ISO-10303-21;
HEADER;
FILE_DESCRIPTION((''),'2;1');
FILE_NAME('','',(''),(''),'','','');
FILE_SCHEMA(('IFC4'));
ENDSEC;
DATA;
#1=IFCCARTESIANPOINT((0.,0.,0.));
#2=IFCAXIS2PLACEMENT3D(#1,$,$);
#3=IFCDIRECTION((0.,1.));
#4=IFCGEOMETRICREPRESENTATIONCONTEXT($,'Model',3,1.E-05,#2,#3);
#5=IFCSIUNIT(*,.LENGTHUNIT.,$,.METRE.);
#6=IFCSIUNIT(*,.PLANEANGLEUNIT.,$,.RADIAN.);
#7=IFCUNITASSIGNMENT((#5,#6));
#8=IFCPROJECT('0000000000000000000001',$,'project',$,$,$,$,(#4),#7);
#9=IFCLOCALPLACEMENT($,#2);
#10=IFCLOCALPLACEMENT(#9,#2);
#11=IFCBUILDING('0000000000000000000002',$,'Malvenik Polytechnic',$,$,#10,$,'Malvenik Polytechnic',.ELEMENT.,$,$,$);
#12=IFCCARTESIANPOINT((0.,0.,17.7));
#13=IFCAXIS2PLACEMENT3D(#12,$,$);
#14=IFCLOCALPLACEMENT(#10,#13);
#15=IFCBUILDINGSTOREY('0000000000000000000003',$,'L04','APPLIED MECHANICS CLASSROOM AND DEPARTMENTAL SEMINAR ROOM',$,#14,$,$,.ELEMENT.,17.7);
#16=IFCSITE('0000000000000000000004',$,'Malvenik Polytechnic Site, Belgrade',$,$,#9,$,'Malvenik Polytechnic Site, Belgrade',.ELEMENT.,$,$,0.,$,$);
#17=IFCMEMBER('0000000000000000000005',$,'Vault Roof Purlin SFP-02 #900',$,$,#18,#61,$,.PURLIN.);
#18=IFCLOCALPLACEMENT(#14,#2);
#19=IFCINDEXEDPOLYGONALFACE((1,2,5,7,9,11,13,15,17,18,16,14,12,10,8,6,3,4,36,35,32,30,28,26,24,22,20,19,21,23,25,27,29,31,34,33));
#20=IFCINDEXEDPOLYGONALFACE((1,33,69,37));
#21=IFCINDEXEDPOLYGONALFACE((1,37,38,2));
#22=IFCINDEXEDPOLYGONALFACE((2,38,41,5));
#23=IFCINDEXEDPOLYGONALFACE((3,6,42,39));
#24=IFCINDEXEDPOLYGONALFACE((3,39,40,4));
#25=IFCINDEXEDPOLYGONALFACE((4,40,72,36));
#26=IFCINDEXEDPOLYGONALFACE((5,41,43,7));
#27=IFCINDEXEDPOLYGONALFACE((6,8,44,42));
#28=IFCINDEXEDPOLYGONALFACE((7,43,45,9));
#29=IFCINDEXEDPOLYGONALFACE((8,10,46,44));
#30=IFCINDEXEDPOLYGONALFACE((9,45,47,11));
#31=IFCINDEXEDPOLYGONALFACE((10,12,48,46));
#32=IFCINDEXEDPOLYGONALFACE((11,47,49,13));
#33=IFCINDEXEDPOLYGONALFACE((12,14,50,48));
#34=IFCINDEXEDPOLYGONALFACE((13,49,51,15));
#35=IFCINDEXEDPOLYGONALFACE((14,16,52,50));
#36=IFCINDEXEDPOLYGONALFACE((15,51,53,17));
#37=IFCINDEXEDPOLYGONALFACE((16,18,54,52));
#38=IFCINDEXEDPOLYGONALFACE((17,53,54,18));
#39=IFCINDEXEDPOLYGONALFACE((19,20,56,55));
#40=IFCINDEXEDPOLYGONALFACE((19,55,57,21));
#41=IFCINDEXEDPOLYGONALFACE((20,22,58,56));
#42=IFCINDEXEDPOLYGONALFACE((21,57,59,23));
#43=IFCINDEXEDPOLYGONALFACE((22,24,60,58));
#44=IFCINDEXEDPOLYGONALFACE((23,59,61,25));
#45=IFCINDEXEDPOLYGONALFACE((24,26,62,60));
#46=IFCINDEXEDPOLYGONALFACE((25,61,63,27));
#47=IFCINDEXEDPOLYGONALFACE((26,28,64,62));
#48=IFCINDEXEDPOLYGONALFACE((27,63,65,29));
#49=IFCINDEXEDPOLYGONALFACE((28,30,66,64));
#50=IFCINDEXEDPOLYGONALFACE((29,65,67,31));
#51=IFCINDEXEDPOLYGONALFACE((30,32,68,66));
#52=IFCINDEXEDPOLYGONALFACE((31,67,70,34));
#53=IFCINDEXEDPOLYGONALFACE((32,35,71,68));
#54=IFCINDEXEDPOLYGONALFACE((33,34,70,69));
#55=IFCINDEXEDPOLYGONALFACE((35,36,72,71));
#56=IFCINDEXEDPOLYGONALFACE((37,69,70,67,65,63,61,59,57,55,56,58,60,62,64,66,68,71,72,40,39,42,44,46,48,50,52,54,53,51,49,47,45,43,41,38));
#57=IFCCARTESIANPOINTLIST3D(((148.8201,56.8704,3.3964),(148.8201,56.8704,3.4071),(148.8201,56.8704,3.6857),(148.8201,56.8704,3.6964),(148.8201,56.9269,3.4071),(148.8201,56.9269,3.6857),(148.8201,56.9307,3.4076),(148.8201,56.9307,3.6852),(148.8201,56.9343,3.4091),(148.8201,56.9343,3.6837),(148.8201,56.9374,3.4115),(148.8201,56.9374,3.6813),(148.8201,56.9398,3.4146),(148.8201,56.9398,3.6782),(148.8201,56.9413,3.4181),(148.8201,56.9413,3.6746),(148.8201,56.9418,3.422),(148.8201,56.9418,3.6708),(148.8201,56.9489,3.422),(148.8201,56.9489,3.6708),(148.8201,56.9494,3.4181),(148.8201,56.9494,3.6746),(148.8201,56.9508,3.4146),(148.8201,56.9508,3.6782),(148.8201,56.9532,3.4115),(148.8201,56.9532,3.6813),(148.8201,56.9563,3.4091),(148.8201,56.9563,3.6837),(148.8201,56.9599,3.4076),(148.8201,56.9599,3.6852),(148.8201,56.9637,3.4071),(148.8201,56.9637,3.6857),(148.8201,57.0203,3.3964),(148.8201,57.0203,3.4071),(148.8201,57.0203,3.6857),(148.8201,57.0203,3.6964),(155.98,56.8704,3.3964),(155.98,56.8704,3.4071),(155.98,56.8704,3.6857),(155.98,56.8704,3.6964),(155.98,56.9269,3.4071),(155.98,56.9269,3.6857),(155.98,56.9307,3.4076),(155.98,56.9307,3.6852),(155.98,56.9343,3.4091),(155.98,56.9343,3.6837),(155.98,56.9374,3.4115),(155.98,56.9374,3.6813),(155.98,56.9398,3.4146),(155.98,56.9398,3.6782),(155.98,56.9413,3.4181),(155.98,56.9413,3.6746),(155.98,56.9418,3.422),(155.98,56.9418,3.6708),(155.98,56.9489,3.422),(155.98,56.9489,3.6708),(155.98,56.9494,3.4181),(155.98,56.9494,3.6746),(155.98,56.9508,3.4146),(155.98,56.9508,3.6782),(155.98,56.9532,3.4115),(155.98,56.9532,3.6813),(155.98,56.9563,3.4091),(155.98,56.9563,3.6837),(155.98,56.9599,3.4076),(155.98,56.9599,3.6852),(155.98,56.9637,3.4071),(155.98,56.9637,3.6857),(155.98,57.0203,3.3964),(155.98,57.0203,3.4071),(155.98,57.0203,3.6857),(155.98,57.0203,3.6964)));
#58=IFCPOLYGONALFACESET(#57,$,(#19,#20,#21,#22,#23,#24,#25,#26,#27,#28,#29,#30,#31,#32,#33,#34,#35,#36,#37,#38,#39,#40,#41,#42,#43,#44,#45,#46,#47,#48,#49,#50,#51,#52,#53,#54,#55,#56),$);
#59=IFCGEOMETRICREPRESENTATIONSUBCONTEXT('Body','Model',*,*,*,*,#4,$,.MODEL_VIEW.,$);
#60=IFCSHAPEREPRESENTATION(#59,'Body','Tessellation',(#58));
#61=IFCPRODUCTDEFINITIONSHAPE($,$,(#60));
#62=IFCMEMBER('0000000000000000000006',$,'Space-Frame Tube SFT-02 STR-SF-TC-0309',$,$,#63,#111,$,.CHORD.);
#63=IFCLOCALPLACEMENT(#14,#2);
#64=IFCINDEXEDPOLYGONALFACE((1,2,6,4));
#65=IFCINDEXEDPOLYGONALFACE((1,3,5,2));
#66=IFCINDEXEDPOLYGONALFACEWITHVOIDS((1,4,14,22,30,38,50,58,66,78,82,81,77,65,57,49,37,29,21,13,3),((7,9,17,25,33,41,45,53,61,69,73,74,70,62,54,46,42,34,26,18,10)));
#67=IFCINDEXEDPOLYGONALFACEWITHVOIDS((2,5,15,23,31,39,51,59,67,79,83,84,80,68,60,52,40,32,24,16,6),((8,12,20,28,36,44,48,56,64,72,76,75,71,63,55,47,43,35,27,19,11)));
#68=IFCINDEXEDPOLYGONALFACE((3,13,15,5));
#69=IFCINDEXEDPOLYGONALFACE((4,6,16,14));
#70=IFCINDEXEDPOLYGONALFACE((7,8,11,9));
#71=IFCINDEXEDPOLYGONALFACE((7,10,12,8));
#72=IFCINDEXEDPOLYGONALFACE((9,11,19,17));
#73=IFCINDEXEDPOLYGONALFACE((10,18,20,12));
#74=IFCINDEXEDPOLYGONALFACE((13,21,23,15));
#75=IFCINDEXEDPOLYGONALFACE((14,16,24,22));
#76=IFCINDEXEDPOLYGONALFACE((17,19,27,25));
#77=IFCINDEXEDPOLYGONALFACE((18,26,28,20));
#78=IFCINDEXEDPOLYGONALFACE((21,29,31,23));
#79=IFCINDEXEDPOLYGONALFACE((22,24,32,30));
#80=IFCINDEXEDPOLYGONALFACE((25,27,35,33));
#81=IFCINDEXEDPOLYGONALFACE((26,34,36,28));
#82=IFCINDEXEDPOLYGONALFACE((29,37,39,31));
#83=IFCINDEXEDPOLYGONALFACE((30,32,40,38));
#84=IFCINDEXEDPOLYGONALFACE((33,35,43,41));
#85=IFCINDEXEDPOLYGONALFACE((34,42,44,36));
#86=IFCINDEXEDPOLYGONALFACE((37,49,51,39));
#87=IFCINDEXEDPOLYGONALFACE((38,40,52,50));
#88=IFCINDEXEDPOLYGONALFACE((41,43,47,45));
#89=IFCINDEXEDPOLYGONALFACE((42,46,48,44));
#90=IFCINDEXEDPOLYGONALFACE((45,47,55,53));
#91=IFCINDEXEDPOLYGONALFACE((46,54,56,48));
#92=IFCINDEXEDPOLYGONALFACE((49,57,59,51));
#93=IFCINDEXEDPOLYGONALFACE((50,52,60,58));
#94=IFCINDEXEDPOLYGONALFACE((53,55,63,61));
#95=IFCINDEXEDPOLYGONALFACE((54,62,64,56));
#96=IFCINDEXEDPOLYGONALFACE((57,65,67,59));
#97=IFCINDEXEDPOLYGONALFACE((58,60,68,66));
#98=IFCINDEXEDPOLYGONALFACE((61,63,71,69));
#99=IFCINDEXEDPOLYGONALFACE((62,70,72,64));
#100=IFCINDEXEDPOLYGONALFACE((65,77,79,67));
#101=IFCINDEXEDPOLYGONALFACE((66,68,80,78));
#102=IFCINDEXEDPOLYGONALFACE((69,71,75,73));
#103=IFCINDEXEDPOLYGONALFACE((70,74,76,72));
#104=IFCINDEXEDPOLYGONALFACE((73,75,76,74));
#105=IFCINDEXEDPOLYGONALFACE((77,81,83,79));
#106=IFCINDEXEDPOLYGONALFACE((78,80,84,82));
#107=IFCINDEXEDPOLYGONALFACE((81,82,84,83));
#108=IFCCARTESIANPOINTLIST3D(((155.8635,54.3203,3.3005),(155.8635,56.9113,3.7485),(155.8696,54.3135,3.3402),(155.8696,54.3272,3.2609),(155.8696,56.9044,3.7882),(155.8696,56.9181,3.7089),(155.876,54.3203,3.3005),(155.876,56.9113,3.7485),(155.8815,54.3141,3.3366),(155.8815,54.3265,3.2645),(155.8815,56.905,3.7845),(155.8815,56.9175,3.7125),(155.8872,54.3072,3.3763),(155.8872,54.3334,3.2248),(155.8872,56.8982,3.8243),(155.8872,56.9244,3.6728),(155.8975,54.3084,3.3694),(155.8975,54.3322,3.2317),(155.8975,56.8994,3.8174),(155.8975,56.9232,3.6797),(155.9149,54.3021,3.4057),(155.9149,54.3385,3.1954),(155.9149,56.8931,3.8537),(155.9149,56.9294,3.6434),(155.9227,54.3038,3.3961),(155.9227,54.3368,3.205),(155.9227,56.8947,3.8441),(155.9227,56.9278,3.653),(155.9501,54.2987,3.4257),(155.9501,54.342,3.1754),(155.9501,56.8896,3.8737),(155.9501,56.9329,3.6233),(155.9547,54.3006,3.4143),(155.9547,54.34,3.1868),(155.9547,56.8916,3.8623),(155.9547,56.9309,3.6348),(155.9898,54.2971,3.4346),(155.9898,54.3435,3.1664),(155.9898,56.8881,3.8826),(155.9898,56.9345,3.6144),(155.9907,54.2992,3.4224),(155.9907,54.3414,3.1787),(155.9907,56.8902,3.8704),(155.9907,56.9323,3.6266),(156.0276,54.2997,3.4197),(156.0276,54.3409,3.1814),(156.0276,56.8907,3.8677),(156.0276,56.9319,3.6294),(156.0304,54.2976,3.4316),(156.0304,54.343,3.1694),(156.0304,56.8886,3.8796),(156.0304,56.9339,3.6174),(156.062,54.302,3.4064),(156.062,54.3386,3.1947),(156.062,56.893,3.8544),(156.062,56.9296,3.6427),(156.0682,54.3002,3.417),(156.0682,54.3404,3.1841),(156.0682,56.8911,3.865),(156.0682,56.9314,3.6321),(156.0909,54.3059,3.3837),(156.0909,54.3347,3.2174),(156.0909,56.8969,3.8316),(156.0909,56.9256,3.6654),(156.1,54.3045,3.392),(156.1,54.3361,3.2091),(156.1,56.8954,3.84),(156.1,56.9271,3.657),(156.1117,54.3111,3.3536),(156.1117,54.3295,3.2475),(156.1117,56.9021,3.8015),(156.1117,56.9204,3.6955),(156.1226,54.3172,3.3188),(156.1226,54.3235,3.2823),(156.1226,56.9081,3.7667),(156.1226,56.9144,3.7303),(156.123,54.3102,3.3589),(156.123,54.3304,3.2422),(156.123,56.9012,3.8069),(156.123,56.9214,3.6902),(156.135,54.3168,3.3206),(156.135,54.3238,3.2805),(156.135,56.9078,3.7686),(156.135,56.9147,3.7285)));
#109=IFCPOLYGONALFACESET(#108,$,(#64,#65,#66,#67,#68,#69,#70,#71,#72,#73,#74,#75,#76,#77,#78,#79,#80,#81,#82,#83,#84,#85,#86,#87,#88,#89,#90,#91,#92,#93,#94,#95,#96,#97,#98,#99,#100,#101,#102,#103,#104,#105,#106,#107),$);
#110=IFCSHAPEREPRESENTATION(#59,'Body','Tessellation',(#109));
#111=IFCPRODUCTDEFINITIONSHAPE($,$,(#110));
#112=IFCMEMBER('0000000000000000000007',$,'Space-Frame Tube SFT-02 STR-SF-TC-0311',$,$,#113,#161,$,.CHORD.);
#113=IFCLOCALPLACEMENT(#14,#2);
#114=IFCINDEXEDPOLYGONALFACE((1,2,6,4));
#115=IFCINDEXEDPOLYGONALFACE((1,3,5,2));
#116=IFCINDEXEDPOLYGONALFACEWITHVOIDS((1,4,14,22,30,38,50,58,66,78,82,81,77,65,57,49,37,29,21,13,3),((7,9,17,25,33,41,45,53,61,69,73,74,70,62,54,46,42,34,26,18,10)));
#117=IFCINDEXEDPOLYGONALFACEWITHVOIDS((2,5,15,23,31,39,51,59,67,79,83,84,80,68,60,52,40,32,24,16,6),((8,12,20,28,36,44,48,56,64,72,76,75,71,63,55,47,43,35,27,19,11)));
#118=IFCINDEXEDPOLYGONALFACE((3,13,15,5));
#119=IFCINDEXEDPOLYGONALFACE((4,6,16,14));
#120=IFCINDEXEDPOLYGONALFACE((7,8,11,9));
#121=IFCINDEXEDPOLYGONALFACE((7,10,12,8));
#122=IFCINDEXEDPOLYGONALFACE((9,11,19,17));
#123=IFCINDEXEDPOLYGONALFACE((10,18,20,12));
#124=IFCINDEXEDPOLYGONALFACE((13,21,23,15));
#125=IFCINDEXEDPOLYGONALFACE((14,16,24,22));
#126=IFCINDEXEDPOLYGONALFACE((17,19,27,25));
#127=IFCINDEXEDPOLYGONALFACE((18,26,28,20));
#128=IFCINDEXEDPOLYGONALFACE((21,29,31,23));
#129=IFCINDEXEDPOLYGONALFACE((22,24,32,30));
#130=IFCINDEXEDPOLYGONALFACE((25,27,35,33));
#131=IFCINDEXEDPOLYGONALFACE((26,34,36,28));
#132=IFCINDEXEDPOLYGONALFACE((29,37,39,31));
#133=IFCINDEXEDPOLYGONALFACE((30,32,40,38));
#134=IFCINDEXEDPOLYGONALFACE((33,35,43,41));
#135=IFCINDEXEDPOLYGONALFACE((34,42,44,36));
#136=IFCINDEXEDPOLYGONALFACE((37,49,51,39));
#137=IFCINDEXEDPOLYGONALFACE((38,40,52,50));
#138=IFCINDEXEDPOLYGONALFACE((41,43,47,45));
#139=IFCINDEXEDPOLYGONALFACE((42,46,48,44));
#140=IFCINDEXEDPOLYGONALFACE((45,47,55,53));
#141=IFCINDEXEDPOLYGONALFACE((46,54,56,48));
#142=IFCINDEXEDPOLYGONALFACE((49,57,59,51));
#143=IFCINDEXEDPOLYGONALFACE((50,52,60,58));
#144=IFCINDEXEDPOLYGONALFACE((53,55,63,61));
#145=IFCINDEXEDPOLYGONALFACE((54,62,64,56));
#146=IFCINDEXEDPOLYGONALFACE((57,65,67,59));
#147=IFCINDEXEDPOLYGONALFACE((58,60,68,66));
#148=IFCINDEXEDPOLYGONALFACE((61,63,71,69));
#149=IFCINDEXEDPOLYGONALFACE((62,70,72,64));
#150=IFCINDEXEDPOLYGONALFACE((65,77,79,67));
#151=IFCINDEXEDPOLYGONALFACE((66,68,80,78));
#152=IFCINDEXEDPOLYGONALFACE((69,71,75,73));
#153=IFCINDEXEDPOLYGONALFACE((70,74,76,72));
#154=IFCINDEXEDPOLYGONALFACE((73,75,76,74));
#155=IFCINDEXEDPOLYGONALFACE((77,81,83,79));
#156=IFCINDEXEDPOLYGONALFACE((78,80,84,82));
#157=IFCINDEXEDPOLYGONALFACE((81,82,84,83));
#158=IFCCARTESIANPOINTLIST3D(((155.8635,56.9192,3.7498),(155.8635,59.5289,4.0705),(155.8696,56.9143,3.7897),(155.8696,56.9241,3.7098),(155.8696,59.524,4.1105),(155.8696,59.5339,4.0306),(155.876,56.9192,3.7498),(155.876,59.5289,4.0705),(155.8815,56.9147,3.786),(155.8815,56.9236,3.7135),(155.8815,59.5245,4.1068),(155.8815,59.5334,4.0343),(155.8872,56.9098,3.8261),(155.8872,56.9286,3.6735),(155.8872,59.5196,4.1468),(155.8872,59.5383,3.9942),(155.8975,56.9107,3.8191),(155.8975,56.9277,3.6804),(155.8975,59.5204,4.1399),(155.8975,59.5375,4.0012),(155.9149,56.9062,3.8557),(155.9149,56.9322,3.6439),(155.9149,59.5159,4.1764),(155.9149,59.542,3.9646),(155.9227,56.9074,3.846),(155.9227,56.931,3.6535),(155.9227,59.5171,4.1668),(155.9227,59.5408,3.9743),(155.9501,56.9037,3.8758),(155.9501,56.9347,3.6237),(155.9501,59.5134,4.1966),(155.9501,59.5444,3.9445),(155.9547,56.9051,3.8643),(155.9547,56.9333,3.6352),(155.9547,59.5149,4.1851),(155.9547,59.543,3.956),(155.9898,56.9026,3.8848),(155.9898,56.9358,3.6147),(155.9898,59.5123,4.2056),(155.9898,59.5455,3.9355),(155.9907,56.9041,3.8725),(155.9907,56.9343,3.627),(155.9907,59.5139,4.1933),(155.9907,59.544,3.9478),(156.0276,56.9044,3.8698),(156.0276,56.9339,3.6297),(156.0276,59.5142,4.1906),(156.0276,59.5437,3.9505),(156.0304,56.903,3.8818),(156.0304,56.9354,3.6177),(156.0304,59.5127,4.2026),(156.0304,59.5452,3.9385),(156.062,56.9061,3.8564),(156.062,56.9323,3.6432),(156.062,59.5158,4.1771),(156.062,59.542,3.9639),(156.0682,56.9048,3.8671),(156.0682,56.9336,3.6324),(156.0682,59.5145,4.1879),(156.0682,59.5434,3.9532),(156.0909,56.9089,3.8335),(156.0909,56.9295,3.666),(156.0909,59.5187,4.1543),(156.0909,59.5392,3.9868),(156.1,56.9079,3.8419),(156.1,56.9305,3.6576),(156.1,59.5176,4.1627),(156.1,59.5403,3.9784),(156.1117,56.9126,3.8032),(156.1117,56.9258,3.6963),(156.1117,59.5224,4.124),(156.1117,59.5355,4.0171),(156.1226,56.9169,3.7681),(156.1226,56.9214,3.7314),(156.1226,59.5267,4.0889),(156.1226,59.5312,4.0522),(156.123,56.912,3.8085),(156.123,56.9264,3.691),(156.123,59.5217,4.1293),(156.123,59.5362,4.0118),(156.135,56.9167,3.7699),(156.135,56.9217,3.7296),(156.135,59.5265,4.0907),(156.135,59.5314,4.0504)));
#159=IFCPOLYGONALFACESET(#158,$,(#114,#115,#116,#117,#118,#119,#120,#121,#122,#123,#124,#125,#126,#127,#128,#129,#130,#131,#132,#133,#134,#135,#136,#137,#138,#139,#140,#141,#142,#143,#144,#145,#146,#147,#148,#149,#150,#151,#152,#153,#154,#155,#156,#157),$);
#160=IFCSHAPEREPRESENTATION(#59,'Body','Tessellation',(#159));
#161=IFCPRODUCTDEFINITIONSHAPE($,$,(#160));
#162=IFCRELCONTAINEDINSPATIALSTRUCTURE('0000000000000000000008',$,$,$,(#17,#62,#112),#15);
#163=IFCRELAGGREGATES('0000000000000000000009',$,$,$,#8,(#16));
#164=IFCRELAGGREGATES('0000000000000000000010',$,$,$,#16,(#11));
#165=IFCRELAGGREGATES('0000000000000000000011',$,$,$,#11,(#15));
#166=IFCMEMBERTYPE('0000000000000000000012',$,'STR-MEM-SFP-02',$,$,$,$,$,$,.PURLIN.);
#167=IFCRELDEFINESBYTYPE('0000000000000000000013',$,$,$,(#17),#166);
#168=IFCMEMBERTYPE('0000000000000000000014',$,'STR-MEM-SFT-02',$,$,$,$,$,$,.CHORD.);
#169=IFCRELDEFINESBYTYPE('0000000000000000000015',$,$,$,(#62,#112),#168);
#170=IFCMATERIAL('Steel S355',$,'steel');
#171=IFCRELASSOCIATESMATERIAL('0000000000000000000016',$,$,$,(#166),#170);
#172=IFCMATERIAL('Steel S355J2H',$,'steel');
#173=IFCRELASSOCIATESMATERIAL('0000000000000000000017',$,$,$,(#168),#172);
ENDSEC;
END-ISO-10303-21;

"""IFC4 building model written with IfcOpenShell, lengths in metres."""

from ifc_helpers import new_model, si_unit, direction, frame, origin, origin_2d, place, context, subcontext, project, spatial, hollow_circle, i_section, extrude, material, material_profile, profile_set, type_object, element, save


model = new_model("IFC4")

# Units and contexts
model_context = context("Model", 3, precision=1e-05, world=origin(), true_north=direction((0.0, 1.0)))
body_context = subcontext(model_context, "Body", "Model", "MODEL_VIEW")
ifc_project = project(units=[si_unit("LENGTHUNIT", "METRE"), si_unit("PLANEANGLEUNIT", "RADIAN")], contexts=[model_context])

# Site, building, storey
site_placement = place(None, origin())
site = spatial("IfcSite", under=ifc_project, at=site_placement, Name="Malvenik Polytechnic Site, Belgrade", LongName="Malvenik Polytechnic Site, Belgrade", CompositionType="ELEMENT", RefElevation=0.0)
building_placement = place(site_placement, origin())
building = spatial("IfcBuilding", under=site, at=building_placement, Name="Malvenik Polytechnic", LongName="Malvenik Polytechnic", CompositionType="ELEMENT")
storey_placement = place(building_placement, frame((0.0, 0.0, 17.7)))
storey = spatial("IfcBuildingStorey", under=building, at=storey_placement, Name="L04", Description="APPLIED MECHANICS CLASSROOM AND DEPARTMENTAL SEMINAR ROOM", CompositionType="ELEMENT", Elevation=17.7)

# Members
ifc_material_1 = material(Name="Steel S355J2H", Category="steel")
ifc_material_2 = material(Name="Steel S355", Category="steel")
ifc_material_profile_1 = material_profile(ifc_material_2, i_section(OverallWidth=0.1499, OverallDepth=0.3, WebThickness=0.0071, FlangeThickness=0.0107, FilletRadius=0.0149, at=origin_2d()), Name="IPE 300")
ifc_profile_set_1 = profile_set([ifc_material_profile_1], Name="Steel S355")
member_type_1 = type_object("IfcMemberType", Name="STR-MEM-SFP-02", PredefinedType="PURLIN", material=ifc_profile_set_1)
member_1_placement = place(storey_placement, frame((148.8201, 56.9453, 3.5464), z_axis=(1.0, 0.0, 0.0), x_axis=(0.0, 1.0, 0.0)))
element("IfcMember", 1, at=member_1_placement, inside=storey, type_object=member_type_1, Name="Vault Roof Purlin SFP-02 #900", PredefinedType="PURLIN", context=body_context, shape_type="SweptSolid", body=[
    extrude(i_section(OverallWidth=0.1499, OverallDepth=0.3, WebThickness=0.0071, FlangeThickness=0.0107, FilletRadius=0.0149, at=origin_2d()), origin(), (0.0, 0.0, 1.0), 7.1599),
])
ifc_material_profile_2 = material_profile(ifc_material_1, hollow_circle(Radius=0.1365, WallThickness=0.0125, at=origin_2d()), Name="CHS 273.0x12.5")
ifc_profile_set_2 = profile_set([ifc_material_profile_2], Name="Steel S355J2H")
member_type_2 = type_object("IfcMemberType", Name="STR-MEM-SFT-02", PredefinedType="CHORD", material=ifc_profile_set_2)
for number, where, z_axis, x_axis, name in (
    (2, (156.0, 54.3203, 3.3005), (0.0, 0.98538, 0.170373), (-1.0, 0.0, 0.0), "Space-Frame Tube SFT-02 STR-SF-TC-0309"),
    (3, (156.0, 56.9192, 3.7498), (0.0, 0.99253, 0.122), (-1.0, 0.0, 0.0), "Space-Frame Tube SFT-02 STR-SF-TC-0311"),
):
    element("IfcMember", number, at=place(storey_placement, frame(where, z_axis=z_axis, x_axis=x_axis)), inside=storey, type_object=member_type_2, Name=name, PredefinedType="CHORD", context=body_context, shape_type="SweptSolid", body=[
        extrude(hollow_circle(Radius=0.1365, WallThickness=0.0125, at=origin_2d()), origin(), (0.0, 0.0, 1.0), 2.6294),
    ])

save(model, "model.ifc")
